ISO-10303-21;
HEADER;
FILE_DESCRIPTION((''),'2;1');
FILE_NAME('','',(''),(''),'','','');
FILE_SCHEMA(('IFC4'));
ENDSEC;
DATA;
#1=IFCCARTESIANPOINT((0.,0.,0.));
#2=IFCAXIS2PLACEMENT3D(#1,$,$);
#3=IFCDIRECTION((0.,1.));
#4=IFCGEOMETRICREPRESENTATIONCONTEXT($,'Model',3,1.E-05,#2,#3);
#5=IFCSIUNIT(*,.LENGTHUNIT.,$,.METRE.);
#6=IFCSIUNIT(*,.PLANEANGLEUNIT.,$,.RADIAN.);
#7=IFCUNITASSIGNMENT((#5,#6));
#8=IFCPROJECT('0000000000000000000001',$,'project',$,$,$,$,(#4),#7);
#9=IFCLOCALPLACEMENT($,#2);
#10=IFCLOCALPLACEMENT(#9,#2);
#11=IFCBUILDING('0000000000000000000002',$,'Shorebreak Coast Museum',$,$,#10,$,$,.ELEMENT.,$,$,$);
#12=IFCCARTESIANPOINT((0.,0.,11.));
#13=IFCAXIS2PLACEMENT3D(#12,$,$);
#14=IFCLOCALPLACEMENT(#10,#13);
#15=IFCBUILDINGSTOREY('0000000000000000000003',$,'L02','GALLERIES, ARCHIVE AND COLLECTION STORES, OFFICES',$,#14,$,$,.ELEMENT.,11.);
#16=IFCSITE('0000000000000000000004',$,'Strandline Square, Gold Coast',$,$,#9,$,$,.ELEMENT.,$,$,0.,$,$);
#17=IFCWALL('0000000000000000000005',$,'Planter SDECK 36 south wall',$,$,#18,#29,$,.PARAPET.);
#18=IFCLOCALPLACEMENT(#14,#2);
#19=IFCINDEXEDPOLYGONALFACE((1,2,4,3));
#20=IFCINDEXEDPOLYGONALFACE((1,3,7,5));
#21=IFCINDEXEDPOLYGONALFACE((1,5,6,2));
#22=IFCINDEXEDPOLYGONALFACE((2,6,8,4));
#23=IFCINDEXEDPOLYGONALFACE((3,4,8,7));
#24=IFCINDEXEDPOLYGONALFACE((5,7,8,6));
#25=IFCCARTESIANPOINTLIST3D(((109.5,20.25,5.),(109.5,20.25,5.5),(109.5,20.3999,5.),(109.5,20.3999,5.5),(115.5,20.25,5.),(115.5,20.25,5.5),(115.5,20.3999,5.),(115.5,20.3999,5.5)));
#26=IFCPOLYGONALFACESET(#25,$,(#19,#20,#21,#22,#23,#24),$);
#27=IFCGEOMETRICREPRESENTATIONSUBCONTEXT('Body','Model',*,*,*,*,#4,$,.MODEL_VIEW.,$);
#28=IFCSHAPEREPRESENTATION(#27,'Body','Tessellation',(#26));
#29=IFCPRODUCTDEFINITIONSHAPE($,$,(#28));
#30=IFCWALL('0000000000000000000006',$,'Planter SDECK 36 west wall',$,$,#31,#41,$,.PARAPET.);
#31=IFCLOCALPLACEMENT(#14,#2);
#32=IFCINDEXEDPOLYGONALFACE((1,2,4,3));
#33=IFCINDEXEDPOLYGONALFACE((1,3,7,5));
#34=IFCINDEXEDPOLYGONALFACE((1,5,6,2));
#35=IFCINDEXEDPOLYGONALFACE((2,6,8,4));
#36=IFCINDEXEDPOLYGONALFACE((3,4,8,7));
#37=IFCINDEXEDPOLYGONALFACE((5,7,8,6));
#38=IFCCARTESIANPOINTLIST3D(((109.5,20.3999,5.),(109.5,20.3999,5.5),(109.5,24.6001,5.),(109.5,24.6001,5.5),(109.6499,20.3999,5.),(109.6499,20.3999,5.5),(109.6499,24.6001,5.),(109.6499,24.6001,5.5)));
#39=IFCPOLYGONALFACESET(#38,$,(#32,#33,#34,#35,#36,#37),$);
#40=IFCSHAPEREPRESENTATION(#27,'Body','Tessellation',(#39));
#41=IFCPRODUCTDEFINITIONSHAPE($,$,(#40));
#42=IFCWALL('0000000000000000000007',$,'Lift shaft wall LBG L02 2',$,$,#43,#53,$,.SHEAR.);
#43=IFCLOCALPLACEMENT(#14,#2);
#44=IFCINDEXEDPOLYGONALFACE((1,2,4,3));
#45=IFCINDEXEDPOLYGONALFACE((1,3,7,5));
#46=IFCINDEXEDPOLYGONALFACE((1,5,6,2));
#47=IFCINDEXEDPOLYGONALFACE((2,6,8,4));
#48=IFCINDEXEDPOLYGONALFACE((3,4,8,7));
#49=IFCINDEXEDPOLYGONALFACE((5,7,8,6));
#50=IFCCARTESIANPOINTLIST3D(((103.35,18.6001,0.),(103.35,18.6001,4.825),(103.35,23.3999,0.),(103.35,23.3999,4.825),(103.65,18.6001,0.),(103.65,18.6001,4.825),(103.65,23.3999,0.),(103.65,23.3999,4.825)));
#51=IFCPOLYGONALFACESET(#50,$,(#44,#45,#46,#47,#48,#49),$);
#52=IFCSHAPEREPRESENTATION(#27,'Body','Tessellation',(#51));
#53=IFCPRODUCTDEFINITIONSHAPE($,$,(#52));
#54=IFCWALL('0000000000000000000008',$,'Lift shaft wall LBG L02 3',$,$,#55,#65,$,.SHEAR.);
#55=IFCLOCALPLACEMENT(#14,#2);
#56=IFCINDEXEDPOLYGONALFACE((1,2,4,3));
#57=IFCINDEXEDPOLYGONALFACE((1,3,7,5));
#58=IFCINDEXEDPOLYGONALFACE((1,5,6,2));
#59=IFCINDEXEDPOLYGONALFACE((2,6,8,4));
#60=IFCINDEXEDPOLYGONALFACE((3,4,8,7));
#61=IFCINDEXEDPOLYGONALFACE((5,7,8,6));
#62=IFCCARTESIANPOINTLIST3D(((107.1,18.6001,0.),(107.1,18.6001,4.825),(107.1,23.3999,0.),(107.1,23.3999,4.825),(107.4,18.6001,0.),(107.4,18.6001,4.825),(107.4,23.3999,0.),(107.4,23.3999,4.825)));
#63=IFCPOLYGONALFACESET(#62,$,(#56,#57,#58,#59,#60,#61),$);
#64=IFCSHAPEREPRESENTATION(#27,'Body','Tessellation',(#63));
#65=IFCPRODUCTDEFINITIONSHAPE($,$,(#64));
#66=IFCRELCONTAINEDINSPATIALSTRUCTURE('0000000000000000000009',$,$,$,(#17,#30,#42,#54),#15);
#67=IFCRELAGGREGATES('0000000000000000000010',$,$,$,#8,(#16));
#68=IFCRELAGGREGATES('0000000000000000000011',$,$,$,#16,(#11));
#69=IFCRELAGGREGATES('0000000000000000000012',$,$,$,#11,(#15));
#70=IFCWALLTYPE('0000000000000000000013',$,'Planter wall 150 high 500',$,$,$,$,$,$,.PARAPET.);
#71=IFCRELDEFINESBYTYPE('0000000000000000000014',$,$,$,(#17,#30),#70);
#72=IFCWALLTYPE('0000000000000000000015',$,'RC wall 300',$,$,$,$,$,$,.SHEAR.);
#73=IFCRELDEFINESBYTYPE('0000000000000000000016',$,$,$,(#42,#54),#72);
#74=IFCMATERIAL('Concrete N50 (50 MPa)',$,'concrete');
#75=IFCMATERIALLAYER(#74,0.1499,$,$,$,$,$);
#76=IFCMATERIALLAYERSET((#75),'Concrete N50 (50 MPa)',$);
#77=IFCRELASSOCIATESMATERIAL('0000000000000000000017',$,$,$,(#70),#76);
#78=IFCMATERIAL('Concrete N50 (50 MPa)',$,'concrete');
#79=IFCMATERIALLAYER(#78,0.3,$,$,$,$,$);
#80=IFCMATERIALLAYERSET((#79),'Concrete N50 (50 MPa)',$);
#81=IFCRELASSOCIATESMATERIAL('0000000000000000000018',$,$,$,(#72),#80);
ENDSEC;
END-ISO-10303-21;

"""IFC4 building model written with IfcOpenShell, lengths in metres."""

from ifc_helpers import new_model, si_unit, direction, frame, frame_2d, origin, place, context, subcontext, project, spatial, rectangle, extrude, material, layer, layer_set, type_object, element, save


model = new_model("IFC4")

# Units and contexts
model_context = context("Model", 3, precision=1e-05, world=origin(), true_north=direction((0.0, 1.0)))
body_context = subcontext(model_context, "Body", "Model", "MODEL_VIEW")
ifc_project = project(units=[si_unit("LENGTHUNIT", "METRE"), si_unit("PLANEANGLEUNIT", "RADIAN")], contexts=[model_context])

# Site, building, storey
site_placement = place(None, origin())
site = spatial("IfcSite", under=ifc_project, at=site_placement, Name="Strandline Square, Gold Coast", CompositionType="ELEMENT", RefElevation=0.0)
building_placement = place(site_placement, origin())
building = spatial("IfcBuilding", under=site, at=building_placement, Name="Shorebreak Coast Museum", CompositionType="ELEMENT")
storey_placement = place(building_placement, frame((0.0, 0.0, 11.0)))
storey = spatial("IfcBuildingStorey", under=building, at=storey_placement, Name="L02", Description="GALLERIES, ARCHIVE AND COLLECTION STORES, OFFICES", CompositionType="ELEMENT", Elevation=11.0)

# Walls
ifc_material_1 = material(Name="Concrete N50 (50 MPa)", Category="concrete")
ifc_layer_1 = layer(ifc_material_1, 0.1499)
ifc_layer_set_1 = layer_set([ifc_layer_1], Name="Concrete N50 (50 MPa)")
wall_type_1 = type_object("IfcWallType", Name="Planter wall 150 high 500", PredefinedType="PARAPET", material=ifc_layer_set_1)
wall_1_placement = place(storey_placement, frame((109.5, 20.325, 5.0), z_axis=(0.0, 0.0, 1.0), x_axis=(1.0, 0.0, 0.0)))
element("IfcWall", 1, at=wall_1_placement, inside=storey, type_object=wall_type_1, Name="Planter SDECK 36 south wall", PredefinedType="PARAPET", context=body_context, shape_type="SweptSolid", body=[
    extrude(rectangle(XDim=6.0, YDim=0.1499, at=frame_2d((3.0, 0.0))), origin(), (0.0, 0.0, 1.0), 0.5),
])
wall_2_placement = place(storey_placement, frame((109.575, 20.3999, 5.0), z_axis=(0.0, 0.0, 1.0), x_axis=(0.0, 1.0, 0.0)))
element("IfcWall", 2, at=wall_2_placement, inside=storey, type_object=wall_type_1, Name="Planter SDECK 36 west wall", PredefinedType="PARAPET", context=body_context, shape_type="SweptSolid", body=[
    extrude(rectangle(XDim=4.2002, YDim=0.1499, at=frame_2d((2.1001, 0.0))), origin(), (0.0, 0.0, 1.0), 0.5),
])
ifc_material_2 = material(Name="Concrete N50 (50 MPa)", Category="concrete")
ifc_layer_2 = layer(ifc_material_2, 0.3)
ifc_layer_set_2 = layer_set([ifc_layer_2], Name="Concrete N50 (50 MPa)")
wall_type_2 = type_object("IfcWallType", Name="RC wall 300", PredefinedType="SHEAR", material=ifc_layer_set_2)
for number, where, z_axis, x_axis, name in (
    (3, (103.5, 18.6001, 0.0), (0.0, 0.0, 1.0), (0.0, 1.0, 0.0), "Lift shaft wall LBG L02 2"),
    (4, (107.25, 18.6001, 0.0), (0.0, 0.0, 1.0), (0.0, 1.0, 0.0), "Lift shaft wall LBG L02 3"),
):
    element("IfcWall", number, at=place(storey_placement, frame(where, z_axis=z_axis, x_axis=x_axis)), inside=storey, type_object=wall_type_2, Name=name, PredefinedType="SHEAR", context=body_context, shape_type="SweptSolid", body=[
        extrude(rectangle(XDim=4.7998, YDim=0.3, at=frame_2d((2.3999, 0.0))), origin(), (0.0, 0.0, 1.0), 4.825),
    ])

save(model, "model.ifc")
